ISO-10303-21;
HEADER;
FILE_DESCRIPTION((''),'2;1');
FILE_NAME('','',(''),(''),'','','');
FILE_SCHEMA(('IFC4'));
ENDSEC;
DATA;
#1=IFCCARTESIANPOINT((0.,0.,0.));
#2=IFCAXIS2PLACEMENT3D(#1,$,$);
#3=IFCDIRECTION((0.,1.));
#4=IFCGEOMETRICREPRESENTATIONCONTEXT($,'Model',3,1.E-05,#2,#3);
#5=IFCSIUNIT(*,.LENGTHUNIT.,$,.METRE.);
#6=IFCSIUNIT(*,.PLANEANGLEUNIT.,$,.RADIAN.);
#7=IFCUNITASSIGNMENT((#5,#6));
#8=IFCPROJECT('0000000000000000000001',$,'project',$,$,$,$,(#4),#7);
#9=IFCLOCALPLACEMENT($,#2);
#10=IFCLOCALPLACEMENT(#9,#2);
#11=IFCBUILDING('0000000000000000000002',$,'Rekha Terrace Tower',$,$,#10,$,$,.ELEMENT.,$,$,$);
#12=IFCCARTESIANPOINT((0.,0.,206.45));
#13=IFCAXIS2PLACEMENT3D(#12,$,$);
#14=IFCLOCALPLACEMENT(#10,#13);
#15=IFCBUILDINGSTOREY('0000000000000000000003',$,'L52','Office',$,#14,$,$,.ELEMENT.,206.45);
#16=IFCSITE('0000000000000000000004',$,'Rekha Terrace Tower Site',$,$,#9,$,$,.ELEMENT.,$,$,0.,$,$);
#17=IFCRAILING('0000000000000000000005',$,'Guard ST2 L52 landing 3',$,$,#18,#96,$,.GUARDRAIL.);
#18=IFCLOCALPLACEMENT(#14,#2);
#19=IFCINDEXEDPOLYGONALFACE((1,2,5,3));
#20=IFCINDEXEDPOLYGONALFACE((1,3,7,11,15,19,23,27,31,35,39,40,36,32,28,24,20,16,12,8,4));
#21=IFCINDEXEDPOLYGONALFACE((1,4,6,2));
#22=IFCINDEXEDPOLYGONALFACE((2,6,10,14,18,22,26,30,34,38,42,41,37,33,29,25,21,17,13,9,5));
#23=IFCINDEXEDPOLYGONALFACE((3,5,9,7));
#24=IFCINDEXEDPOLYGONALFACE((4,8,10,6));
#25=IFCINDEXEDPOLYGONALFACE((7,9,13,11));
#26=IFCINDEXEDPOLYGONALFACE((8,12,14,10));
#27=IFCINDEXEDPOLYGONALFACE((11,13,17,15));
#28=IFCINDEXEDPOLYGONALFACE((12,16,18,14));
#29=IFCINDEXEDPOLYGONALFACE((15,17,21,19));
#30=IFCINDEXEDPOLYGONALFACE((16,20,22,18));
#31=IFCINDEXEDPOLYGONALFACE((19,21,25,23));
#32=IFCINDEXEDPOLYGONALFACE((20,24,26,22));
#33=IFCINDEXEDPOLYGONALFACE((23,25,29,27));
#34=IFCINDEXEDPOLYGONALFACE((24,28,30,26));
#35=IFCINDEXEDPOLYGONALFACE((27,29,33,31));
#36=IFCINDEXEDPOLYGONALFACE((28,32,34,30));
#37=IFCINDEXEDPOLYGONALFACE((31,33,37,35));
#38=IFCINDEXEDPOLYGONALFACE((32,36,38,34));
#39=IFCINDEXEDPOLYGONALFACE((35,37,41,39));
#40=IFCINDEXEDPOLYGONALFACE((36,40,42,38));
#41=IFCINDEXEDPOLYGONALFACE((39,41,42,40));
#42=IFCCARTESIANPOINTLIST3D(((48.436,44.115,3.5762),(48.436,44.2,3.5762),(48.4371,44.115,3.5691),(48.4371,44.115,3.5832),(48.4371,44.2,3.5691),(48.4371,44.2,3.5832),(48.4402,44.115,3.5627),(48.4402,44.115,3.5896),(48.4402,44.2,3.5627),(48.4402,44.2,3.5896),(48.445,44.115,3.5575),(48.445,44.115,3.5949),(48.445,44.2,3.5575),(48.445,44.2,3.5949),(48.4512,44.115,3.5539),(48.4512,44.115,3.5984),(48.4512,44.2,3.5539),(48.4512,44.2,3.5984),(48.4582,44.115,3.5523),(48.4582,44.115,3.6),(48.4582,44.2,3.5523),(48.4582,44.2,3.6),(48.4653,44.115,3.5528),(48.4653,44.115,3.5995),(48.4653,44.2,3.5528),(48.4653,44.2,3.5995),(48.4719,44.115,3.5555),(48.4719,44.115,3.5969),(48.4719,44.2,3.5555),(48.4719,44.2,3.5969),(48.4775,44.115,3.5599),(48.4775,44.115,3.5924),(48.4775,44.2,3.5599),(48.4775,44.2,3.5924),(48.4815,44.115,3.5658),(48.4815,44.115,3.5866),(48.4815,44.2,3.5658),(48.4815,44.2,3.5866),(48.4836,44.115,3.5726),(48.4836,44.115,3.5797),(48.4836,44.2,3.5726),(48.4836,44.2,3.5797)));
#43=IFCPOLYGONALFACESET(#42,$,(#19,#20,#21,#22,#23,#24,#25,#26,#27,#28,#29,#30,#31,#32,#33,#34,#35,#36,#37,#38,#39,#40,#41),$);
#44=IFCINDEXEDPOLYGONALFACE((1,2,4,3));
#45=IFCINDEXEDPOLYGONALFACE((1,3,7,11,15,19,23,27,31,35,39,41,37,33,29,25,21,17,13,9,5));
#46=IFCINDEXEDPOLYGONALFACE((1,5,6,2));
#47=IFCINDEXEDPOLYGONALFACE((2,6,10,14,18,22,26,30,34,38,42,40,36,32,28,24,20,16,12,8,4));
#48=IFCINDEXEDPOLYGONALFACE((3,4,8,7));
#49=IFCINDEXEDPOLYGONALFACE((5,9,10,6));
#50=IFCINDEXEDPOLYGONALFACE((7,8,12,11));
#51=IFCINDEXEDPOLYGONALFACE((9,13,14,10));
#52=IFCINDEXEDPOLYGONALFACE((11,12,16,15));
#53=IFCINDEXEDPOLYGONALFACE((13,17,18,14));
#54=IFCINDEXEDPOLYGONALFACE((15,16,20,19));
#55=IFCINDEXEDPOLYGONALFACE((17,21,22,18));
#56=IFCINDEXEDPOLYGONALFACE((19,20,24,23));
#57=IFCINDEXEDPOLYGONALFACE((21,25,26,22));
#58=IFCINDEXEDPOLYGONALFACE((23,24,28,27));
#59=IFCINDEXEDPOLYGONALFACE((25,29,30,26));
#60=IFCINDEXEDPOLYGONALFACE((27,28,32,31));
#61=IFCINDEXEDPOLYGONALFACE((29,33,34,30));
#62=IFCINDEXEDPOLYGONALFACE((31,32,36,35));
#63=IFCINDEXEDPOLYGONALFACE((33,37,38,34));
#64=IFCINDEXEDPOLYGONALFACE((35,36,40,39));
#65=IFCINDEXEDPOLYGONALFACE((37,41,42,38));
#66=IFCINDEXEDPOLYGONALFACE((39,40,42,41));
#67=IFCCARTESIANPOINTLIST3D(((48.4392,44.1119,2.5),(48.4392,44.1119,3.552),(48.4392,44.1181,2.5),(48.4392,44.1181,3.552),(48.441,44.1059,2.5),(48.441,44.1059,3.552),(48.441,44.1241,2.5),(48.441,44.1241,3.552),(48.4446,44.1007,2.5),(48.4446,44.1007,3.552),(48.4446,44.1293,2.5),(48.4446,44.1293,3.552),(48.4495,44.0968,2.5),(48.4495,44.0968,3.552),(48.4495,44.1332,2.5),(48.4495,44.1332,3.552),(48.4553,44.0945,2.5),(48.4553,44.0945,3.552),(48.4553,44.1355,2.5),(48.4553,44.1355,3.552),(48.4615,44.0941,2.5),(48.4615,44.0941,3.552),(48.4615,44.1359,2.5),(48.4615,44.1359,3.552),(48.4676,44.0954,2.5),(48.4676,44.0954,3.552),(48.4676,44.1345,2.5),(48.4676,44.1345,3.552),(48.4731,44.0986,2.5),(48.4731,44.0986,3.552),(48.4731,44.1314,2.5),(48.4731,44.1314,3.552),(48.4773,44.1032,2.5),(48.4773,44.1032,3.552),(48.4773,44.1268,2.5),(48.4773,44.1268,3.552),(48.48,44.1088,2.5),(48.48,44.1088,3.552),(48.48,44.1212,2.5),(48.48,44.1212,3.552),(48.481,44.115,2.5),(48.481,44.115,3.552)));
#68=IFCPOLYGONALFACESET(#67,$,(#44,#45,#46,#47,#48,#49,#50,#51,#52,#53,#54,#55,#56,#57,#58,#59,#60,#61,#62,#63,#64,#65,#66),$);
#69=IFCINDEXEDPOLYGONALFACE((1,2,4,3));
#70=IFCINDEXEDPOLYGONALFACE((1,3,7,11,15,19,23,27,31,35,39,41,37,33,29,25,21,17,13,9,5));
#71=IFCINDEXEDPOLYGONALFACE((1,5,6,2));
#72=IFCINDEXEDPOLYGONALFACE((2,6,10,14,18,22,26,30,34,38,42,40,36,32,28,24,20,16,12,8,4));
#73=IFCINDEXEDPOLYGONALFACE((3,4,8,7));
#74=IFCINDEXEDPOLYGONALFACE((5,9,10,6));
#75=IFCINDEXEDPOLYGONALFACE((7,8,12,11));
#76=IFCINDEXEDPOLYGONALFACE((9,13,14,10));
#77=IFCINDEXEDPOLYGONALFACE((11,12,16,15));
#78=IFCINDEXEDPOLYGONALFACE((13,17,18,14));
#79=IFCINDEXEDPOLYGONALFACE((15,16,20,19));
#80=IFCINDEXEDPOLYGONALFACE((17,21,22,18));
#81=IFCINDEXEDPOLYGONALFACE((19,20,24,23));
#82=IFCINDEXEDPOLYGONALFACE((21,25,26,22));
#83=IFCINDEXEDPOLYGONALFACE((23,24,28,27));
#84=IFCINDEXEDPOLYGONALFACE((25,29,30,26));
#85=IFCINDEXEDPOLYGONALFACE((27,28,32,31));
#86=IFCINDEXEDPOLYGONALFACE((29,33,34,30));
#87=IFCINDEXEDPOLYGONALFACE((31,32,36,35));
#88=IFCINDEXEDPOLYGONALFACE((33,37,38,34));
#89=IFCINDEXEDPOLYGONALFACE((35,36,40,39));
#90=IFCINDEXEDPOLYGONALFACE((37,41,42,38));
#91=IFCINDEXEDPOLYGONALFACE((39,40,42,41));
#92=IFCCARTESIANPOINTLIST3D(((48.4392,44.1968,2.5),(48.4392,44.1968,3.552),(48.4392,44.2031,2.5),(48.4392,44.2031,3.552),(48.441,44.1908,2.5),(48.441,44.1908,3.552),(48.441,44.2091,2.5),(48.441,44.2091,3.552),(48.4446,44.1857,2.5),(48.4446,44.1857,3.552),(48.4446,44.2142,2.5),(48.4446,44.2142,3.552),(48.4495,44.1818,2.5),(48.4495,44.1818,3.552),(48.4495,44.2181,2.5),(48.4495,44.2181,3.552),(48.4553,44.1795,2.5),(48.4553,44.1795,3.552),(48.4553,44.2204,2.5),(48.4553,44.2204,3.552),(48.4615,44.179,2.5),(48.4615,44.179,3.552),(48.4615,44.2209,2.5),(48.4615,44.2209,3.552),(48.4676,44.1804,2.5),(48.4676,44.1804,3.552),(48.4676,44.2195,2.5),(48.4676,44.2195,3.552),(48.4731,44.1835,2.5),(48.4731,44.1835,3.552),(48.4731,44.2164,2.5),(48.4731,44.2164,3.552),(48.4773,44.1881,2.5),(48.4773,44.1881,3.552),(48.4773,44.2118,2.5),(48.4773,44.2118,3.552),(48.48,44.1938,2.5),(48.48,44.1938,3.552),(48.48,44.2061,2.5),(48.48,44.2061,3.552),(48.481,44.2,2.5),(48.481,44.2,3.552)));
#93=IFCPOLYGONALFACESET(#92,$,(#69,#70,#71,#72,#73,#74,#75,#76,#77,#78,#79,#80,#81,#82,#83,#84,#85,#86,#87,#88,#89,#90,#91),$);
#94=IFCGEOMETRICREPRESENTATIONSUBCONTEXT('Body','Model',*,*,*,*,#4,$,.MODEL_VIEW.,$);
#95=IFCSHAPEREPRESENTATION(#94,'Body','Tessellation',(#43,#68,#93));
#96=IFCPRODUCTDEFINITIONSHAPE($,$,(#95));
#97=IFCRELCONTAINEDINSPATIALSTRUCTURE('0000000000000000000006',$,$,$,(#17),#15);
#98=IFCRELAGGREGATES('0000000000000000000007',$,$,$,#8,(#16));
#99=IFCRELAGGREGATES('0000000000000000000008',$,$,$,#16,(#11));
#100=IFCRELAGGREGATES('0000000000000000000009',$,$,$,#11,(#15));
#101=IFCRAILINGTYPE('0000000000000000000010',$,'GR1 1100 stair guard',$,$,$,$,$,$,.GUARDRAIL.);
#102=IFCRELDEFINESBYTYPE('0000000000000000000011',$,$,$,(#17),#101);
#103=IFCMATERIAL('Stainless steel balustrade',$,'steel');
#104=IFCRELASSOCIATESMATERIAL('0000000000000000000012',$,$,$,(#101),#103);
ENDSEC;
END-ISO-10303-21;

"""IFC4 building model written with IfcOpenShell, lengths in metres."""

from ifc_helpers import new_model, si_unit, direction, frame, origin, origin_2d, place, context, subcontext, project, spatial, circle, extrude, material, type_object, element, save


model = new_model("IFC4")

# Units and contexts
model_context = context("Model", 3, precision=1e-05, world=origin(), true_north=direction((0.0, 1.0)))
body_context = subcontext(model_context, "Body", "Model", "MODEL_VIEW")
ifc_project = project(units=[si_unit("LENGTHUNIT", "METRE"), si_unit("PLANEANGLEUNIT", "RADIAN")], contexts=[model_context])

# Site, building, storey
site_placement = place(None, origin())
site = spatial("IfcSite", under=ifc_project, at=site_placement, Name="Rekha Terrace Tower Site", CompositionType="ELEMENT", RefElevation=0.0)
building_placement = place(site_placement, origin())
building = spatial("IfcBuilding", under=site, at=building_placement, Name="Rekha Terrace Tower", CompositionType="ELEMENT")
storey_placement = place(building_placement, frame((0.0, 0.0, 206.45)))
storey = spatial("IfcBuildingStorey", under=building, at=storey_placement, Name="L52", Description="Office", CompositionType="ELEMENT", Elevation=206.45)

# Railing
ifc_material_1 = material(Name="Stainless steel balustrade", Category="steel")
railing_type_1 = type_object("IfcRailingType", Name="GR1 1100 stair guard", PredefinedType="GUARDRAIL", material=ifc_material_1)
railing_1_placement = place(storey_placement, frame((48.46, 44.115, 2.5)))
element("IfcRailing", 1, at=railing_1_placement, inside=storey, type_object=railing_type_1, Name="Guard ST2 L52 landing 3", PredefinedType="GUARDRAIL", context=body_context, shape_type="SweptSolid", body=[
    extrude(circle(Radius=0.0239, at=origin_2d()), frame((0.0, 0.0, 1.0762), z_axis=(0.0, 1.0, 0.0), x_axis=(-1.0, 0.0, 0.0)), (0.0, 0.0, 1.0), 0.085),
    extrude(circle(Radius=0.021, at=origin_2d()), origin(), (0.0, 0.0, 1.0), 1.052),
    extrude(circle(Radius=0.021, at=origin_2d()), frame((0.0, 0.085, 0.0)), (0.0, 0.0, 1.0), 1.052),
])

save(model, "model.ifc")
